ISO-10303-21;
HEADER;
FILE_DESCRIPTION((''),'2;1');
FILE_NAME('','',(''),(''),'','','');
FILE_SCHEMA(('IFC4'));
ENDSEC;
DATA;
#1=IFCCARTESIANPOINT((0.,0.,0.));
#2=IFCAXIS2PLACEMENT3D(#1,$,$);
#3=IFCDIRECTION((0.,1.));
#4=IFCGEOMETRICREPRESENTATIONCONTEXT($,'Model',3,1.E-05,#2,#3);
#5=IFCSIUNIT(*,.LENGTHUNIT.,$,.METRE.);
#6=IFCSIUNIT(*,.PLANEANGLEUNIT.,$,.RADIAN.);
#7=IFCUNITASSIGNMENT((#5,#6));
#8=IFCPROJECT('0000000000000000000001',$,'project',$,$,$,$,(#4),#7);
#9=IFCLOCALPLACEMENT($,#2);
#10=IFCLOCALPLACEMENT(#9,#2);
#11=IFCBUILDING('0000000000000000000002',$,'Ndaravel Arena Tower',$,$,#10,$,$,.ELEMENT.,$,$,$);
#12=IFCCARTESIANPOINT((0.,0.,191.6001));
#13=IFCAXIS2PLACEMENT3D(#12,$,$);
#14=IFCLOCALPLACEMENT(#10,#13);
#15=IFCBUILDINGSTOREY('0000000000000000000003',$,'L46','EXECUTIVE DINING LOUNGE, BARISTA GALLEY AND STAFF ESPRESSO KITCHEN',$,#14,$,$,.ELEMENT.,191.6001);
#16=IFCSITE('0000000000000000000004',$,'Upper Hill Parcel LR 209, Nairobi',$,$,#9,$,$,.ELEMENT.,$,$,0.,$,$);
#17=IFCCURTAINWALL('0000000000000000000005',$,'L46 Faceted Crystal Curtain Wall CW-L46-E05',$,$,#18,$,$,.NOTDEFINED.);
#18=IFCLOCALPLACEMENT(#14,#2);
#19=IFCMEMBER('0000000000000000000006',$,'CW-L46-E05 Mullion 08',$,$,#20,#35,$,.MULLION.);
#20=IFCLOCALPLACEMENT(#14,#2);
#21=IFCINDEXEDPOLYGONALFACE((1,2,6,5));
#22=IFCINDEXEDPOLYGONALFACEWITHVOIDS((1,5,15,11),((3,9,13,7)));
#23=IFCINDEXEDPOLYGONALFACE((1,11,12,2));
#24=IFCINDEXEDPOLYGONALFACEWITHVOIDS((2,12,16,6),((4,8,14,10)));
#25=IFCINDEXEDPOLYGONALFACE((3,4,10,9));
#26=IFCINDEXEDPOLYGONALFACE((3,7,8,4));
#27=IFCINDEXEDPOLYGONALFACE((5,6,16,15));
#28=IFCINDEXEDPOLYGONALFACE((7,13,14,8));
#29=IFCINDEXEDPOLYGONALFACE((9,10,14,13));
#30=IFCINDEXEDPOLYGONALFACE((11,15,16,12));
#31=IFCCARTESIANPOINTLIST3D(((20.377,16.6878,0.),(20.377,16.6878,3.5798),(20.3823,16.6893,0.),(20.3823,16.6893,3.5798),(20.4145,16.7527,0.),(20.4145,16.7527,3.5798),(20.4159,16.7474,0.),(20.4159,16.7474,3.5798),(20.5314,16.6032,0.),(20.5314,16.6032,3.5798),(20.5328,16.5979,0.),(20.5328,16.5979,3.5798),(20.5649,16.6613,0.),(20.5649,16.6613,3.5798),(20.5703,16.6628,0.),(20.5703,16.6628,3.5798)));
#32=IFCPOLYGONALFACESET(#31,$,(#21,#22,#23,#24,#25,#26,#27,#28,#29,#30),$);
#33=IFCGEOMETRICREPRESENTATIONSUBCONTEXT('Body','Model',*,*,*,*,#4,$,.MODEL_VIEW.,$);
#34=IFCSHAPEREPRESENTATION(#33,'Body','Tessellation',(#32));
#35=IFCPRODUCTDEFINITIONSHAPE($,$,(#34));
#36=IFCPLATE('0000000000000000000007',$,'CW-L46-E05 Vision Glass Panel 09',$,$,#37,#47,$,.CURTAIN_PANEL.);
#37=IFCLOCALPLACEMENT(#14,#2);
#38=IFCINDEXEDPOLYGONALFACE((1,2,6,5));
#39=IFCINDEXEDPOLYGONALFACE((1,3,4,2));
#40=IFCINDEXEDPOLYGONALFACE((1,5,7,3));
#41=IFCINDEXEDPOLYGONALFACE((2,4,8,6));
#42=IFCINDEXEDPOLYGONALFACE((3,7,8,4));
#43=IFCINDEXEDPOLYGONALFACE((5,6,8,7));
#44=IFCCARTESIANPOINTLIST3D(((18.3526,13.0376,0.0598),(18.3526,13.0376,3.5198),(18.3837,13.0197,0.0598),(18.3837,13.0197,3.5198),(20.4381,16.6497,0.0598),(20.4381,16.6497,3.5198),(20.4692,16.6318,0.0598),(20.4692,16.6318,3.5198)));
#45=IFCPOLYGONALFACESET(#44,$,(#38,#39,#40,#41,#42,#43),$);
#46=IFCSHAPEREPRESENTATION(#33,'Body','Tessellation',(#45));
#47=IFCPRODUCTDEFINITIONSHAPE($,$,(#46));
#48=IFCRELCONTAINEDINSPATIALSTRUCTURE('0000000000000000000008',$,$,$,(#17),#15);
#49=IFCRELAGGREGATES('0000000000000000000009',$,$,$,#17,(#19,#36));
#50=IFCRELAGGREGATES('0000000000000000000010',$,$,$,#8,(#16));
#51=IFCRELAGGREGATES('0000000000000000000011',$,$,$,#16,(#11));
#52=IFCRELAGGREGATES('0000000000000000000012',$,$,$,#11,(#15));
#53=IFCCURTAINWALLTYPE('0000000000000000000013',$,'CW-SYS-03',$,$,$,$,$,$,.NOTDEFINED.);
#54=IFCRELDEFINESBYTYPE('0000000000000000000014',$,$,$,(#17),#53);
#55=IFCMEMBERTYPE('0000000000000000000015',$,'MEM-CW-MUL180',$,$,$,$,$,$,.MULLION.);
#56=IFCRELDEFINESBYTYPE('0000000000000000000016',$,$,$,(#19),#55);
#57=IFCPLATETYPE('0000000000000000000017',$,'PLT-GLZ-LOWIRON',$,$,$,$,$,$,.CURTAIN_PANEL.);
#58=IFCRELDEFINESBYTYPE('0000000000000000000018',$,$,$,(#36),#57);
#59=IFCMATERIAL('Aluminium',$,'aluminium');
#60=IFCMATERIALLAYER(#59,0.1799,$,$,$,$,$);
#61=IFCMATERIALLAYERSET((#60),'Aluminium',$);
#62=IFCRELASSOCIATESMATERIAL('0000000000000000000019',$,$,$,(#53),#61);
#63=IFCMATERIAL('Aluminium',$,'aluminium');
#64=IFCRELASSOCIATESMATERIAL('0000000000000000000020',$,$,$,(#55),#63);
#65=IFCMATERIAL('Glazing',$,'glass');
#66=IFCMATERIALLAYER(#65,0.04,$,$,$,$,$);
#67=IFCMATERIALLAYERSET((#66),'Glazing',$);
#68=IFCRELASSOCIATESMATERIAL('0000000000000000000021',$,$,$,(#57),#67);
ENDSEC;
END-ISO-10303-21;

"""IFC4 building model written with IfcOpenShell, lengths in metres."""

from ifc_helpers import new_model, si_unit, direction, frame, origin, origin_2d, place, context, subcontext, project, spatial, rectangle, hollow_rectangle, extrude, material, layer, layer_set, material_profile, profile_set, type_object, element, aggregate, save


model = new_model("IFC4")

# Units and contexts
model_context = context("Model", 3, precision=1e-05, world=origin(), true_north=direction((0.0, 1.0)))
body_context = subcontext(model_context, "Body", "Model", "MODEL_VIEW")
ifc_project = project(units=[si_unit("LENGTHUNIT", "METRE"), si_unit("PLANEANGLEUNIT", "RADIAN")], contexts=[model_context])

# Site, building, storey
site_placement = place(None, origin())
site = spatial("IfcSite", under=ifc_project, at=site_placement, Name="Upper Hill Parcel LR 209, Nairobi", CompositionType="ELEMENT", RefElevation=0.0)
building_placement = place(site_placement, origin())
building = spatial("IfcBuilding", under=site, at=building_placement, Name="Ndaravel Arena Tower", CompositionType="ELEMENT")
storey_placement = place(building_placement, frame((0.0, 0.0, 191.6001)))
storey = spatial("IfcBuildingStorey", under=building, at=storey_placement, Name="L46", Description="EXECUTIVE DINING LOUNGE, BARISTA GALLEY AND STAFF ESPRESSO KITCHEN", CompositionType="ELEMENT", Elevation=191.6001)

# Curtain wall, member, plate
ifc_material_1 = material(Name="Aluminium", Category="aluminium")
ifc_layer_1 = layer(ifc_material_1, 0.1799)
ifc_layer_set_1 = layer_set([ifc_layer_1], Name="Aluminium")
curtain_wall_type = type_object("IfcCurtainWallType", Name="CW-SYS-03", PredefinedType="NOTDEFINED", material=ifc_layer_set_1)
curtain_wall_placement = place(storey_placement, origin())
curtain_wall = element("IfcCurtainWall", 1, at=curtain_wall_placement, inside=storey, type_object=curtain_wall_type, Name="L46 Faceted Crystal Curtain Wall CW-L46-E05", PredefinedType="NOTDEFINED")
ifc_material_2 = material(Name="Aluminium", Category="aluminium")
ifc_material_profile = material_profile(ifc_material_2, hollow_rectangle(XDim=0.075, YDim=0.1799, WallThickness=0.0039, at=origin_2d()), Name="CW MULLION 75x180x4")
ifc_profile_set = profile_set([ifc_material_profile], Name="Aluminium")
member_type = type_object("IfcMemberType", Name="MEM-CW-MUL180", PredefinedType="MULLION", material=ifc_profile_set)
member_placement = place(storey_placement, frame((20.4736, 16.6753, 0.0), z_axis=(0.0, 0.0, 1.0), x_axis=(-0.5, -0.866025, 0.0)))
member = element("IfcMember", 2, at=member_placement, type_object=member_type, Name="CW-L46-E05 Mullion 08", PredefinedType="MULLION", context=body_context, shape_type="SweptSolid", body=[
    extrude(hollow_rectangle(XDim=0.075, YDim=0.1799, WallThickness=0.0039, at=origin_2d()), origin(), (0.0, 0.0, 1.0), 3.5798),
])
ifc_material_3 = material(Name="Glazing", Category="glass")
ifc_layer_2 = layer(ifc_material_3, 0.04)
ifc_layer_set_2 = layer_set([ifc_layer_2], Name="Glazing")
plate_type = type_object("IfcPlateType", Name="PLT-GLZ-LOWIRON", PredefinedType="CURTAIN_PANEL", material=ifc_layer_set_2)
plate_placement = place(storey_placement, frame((19.4109, 14.8347, 0.0598), z_axis=(0.0, 0.0, 1.0), x_axis=(-0.5, -0.866025, 0.0)))
plate = element("IfcPlate", 3, at=plate_placement, type_object=plate_type, Name="CW-L46-E05 Vision Glass Panel 09", PredefinedType="CURTAIN_PANEL", context=body_context, shape_type="SweptSolid", body=[
    extrude(rectangle(XDim=4.1709, YDim=0.0359, at=origin_2d()), origin(), (0.0, 0.0, 1.0), 3.46),
])
aggregate(curtain_wall, [member, plate])

save(model, "model.ifc")
